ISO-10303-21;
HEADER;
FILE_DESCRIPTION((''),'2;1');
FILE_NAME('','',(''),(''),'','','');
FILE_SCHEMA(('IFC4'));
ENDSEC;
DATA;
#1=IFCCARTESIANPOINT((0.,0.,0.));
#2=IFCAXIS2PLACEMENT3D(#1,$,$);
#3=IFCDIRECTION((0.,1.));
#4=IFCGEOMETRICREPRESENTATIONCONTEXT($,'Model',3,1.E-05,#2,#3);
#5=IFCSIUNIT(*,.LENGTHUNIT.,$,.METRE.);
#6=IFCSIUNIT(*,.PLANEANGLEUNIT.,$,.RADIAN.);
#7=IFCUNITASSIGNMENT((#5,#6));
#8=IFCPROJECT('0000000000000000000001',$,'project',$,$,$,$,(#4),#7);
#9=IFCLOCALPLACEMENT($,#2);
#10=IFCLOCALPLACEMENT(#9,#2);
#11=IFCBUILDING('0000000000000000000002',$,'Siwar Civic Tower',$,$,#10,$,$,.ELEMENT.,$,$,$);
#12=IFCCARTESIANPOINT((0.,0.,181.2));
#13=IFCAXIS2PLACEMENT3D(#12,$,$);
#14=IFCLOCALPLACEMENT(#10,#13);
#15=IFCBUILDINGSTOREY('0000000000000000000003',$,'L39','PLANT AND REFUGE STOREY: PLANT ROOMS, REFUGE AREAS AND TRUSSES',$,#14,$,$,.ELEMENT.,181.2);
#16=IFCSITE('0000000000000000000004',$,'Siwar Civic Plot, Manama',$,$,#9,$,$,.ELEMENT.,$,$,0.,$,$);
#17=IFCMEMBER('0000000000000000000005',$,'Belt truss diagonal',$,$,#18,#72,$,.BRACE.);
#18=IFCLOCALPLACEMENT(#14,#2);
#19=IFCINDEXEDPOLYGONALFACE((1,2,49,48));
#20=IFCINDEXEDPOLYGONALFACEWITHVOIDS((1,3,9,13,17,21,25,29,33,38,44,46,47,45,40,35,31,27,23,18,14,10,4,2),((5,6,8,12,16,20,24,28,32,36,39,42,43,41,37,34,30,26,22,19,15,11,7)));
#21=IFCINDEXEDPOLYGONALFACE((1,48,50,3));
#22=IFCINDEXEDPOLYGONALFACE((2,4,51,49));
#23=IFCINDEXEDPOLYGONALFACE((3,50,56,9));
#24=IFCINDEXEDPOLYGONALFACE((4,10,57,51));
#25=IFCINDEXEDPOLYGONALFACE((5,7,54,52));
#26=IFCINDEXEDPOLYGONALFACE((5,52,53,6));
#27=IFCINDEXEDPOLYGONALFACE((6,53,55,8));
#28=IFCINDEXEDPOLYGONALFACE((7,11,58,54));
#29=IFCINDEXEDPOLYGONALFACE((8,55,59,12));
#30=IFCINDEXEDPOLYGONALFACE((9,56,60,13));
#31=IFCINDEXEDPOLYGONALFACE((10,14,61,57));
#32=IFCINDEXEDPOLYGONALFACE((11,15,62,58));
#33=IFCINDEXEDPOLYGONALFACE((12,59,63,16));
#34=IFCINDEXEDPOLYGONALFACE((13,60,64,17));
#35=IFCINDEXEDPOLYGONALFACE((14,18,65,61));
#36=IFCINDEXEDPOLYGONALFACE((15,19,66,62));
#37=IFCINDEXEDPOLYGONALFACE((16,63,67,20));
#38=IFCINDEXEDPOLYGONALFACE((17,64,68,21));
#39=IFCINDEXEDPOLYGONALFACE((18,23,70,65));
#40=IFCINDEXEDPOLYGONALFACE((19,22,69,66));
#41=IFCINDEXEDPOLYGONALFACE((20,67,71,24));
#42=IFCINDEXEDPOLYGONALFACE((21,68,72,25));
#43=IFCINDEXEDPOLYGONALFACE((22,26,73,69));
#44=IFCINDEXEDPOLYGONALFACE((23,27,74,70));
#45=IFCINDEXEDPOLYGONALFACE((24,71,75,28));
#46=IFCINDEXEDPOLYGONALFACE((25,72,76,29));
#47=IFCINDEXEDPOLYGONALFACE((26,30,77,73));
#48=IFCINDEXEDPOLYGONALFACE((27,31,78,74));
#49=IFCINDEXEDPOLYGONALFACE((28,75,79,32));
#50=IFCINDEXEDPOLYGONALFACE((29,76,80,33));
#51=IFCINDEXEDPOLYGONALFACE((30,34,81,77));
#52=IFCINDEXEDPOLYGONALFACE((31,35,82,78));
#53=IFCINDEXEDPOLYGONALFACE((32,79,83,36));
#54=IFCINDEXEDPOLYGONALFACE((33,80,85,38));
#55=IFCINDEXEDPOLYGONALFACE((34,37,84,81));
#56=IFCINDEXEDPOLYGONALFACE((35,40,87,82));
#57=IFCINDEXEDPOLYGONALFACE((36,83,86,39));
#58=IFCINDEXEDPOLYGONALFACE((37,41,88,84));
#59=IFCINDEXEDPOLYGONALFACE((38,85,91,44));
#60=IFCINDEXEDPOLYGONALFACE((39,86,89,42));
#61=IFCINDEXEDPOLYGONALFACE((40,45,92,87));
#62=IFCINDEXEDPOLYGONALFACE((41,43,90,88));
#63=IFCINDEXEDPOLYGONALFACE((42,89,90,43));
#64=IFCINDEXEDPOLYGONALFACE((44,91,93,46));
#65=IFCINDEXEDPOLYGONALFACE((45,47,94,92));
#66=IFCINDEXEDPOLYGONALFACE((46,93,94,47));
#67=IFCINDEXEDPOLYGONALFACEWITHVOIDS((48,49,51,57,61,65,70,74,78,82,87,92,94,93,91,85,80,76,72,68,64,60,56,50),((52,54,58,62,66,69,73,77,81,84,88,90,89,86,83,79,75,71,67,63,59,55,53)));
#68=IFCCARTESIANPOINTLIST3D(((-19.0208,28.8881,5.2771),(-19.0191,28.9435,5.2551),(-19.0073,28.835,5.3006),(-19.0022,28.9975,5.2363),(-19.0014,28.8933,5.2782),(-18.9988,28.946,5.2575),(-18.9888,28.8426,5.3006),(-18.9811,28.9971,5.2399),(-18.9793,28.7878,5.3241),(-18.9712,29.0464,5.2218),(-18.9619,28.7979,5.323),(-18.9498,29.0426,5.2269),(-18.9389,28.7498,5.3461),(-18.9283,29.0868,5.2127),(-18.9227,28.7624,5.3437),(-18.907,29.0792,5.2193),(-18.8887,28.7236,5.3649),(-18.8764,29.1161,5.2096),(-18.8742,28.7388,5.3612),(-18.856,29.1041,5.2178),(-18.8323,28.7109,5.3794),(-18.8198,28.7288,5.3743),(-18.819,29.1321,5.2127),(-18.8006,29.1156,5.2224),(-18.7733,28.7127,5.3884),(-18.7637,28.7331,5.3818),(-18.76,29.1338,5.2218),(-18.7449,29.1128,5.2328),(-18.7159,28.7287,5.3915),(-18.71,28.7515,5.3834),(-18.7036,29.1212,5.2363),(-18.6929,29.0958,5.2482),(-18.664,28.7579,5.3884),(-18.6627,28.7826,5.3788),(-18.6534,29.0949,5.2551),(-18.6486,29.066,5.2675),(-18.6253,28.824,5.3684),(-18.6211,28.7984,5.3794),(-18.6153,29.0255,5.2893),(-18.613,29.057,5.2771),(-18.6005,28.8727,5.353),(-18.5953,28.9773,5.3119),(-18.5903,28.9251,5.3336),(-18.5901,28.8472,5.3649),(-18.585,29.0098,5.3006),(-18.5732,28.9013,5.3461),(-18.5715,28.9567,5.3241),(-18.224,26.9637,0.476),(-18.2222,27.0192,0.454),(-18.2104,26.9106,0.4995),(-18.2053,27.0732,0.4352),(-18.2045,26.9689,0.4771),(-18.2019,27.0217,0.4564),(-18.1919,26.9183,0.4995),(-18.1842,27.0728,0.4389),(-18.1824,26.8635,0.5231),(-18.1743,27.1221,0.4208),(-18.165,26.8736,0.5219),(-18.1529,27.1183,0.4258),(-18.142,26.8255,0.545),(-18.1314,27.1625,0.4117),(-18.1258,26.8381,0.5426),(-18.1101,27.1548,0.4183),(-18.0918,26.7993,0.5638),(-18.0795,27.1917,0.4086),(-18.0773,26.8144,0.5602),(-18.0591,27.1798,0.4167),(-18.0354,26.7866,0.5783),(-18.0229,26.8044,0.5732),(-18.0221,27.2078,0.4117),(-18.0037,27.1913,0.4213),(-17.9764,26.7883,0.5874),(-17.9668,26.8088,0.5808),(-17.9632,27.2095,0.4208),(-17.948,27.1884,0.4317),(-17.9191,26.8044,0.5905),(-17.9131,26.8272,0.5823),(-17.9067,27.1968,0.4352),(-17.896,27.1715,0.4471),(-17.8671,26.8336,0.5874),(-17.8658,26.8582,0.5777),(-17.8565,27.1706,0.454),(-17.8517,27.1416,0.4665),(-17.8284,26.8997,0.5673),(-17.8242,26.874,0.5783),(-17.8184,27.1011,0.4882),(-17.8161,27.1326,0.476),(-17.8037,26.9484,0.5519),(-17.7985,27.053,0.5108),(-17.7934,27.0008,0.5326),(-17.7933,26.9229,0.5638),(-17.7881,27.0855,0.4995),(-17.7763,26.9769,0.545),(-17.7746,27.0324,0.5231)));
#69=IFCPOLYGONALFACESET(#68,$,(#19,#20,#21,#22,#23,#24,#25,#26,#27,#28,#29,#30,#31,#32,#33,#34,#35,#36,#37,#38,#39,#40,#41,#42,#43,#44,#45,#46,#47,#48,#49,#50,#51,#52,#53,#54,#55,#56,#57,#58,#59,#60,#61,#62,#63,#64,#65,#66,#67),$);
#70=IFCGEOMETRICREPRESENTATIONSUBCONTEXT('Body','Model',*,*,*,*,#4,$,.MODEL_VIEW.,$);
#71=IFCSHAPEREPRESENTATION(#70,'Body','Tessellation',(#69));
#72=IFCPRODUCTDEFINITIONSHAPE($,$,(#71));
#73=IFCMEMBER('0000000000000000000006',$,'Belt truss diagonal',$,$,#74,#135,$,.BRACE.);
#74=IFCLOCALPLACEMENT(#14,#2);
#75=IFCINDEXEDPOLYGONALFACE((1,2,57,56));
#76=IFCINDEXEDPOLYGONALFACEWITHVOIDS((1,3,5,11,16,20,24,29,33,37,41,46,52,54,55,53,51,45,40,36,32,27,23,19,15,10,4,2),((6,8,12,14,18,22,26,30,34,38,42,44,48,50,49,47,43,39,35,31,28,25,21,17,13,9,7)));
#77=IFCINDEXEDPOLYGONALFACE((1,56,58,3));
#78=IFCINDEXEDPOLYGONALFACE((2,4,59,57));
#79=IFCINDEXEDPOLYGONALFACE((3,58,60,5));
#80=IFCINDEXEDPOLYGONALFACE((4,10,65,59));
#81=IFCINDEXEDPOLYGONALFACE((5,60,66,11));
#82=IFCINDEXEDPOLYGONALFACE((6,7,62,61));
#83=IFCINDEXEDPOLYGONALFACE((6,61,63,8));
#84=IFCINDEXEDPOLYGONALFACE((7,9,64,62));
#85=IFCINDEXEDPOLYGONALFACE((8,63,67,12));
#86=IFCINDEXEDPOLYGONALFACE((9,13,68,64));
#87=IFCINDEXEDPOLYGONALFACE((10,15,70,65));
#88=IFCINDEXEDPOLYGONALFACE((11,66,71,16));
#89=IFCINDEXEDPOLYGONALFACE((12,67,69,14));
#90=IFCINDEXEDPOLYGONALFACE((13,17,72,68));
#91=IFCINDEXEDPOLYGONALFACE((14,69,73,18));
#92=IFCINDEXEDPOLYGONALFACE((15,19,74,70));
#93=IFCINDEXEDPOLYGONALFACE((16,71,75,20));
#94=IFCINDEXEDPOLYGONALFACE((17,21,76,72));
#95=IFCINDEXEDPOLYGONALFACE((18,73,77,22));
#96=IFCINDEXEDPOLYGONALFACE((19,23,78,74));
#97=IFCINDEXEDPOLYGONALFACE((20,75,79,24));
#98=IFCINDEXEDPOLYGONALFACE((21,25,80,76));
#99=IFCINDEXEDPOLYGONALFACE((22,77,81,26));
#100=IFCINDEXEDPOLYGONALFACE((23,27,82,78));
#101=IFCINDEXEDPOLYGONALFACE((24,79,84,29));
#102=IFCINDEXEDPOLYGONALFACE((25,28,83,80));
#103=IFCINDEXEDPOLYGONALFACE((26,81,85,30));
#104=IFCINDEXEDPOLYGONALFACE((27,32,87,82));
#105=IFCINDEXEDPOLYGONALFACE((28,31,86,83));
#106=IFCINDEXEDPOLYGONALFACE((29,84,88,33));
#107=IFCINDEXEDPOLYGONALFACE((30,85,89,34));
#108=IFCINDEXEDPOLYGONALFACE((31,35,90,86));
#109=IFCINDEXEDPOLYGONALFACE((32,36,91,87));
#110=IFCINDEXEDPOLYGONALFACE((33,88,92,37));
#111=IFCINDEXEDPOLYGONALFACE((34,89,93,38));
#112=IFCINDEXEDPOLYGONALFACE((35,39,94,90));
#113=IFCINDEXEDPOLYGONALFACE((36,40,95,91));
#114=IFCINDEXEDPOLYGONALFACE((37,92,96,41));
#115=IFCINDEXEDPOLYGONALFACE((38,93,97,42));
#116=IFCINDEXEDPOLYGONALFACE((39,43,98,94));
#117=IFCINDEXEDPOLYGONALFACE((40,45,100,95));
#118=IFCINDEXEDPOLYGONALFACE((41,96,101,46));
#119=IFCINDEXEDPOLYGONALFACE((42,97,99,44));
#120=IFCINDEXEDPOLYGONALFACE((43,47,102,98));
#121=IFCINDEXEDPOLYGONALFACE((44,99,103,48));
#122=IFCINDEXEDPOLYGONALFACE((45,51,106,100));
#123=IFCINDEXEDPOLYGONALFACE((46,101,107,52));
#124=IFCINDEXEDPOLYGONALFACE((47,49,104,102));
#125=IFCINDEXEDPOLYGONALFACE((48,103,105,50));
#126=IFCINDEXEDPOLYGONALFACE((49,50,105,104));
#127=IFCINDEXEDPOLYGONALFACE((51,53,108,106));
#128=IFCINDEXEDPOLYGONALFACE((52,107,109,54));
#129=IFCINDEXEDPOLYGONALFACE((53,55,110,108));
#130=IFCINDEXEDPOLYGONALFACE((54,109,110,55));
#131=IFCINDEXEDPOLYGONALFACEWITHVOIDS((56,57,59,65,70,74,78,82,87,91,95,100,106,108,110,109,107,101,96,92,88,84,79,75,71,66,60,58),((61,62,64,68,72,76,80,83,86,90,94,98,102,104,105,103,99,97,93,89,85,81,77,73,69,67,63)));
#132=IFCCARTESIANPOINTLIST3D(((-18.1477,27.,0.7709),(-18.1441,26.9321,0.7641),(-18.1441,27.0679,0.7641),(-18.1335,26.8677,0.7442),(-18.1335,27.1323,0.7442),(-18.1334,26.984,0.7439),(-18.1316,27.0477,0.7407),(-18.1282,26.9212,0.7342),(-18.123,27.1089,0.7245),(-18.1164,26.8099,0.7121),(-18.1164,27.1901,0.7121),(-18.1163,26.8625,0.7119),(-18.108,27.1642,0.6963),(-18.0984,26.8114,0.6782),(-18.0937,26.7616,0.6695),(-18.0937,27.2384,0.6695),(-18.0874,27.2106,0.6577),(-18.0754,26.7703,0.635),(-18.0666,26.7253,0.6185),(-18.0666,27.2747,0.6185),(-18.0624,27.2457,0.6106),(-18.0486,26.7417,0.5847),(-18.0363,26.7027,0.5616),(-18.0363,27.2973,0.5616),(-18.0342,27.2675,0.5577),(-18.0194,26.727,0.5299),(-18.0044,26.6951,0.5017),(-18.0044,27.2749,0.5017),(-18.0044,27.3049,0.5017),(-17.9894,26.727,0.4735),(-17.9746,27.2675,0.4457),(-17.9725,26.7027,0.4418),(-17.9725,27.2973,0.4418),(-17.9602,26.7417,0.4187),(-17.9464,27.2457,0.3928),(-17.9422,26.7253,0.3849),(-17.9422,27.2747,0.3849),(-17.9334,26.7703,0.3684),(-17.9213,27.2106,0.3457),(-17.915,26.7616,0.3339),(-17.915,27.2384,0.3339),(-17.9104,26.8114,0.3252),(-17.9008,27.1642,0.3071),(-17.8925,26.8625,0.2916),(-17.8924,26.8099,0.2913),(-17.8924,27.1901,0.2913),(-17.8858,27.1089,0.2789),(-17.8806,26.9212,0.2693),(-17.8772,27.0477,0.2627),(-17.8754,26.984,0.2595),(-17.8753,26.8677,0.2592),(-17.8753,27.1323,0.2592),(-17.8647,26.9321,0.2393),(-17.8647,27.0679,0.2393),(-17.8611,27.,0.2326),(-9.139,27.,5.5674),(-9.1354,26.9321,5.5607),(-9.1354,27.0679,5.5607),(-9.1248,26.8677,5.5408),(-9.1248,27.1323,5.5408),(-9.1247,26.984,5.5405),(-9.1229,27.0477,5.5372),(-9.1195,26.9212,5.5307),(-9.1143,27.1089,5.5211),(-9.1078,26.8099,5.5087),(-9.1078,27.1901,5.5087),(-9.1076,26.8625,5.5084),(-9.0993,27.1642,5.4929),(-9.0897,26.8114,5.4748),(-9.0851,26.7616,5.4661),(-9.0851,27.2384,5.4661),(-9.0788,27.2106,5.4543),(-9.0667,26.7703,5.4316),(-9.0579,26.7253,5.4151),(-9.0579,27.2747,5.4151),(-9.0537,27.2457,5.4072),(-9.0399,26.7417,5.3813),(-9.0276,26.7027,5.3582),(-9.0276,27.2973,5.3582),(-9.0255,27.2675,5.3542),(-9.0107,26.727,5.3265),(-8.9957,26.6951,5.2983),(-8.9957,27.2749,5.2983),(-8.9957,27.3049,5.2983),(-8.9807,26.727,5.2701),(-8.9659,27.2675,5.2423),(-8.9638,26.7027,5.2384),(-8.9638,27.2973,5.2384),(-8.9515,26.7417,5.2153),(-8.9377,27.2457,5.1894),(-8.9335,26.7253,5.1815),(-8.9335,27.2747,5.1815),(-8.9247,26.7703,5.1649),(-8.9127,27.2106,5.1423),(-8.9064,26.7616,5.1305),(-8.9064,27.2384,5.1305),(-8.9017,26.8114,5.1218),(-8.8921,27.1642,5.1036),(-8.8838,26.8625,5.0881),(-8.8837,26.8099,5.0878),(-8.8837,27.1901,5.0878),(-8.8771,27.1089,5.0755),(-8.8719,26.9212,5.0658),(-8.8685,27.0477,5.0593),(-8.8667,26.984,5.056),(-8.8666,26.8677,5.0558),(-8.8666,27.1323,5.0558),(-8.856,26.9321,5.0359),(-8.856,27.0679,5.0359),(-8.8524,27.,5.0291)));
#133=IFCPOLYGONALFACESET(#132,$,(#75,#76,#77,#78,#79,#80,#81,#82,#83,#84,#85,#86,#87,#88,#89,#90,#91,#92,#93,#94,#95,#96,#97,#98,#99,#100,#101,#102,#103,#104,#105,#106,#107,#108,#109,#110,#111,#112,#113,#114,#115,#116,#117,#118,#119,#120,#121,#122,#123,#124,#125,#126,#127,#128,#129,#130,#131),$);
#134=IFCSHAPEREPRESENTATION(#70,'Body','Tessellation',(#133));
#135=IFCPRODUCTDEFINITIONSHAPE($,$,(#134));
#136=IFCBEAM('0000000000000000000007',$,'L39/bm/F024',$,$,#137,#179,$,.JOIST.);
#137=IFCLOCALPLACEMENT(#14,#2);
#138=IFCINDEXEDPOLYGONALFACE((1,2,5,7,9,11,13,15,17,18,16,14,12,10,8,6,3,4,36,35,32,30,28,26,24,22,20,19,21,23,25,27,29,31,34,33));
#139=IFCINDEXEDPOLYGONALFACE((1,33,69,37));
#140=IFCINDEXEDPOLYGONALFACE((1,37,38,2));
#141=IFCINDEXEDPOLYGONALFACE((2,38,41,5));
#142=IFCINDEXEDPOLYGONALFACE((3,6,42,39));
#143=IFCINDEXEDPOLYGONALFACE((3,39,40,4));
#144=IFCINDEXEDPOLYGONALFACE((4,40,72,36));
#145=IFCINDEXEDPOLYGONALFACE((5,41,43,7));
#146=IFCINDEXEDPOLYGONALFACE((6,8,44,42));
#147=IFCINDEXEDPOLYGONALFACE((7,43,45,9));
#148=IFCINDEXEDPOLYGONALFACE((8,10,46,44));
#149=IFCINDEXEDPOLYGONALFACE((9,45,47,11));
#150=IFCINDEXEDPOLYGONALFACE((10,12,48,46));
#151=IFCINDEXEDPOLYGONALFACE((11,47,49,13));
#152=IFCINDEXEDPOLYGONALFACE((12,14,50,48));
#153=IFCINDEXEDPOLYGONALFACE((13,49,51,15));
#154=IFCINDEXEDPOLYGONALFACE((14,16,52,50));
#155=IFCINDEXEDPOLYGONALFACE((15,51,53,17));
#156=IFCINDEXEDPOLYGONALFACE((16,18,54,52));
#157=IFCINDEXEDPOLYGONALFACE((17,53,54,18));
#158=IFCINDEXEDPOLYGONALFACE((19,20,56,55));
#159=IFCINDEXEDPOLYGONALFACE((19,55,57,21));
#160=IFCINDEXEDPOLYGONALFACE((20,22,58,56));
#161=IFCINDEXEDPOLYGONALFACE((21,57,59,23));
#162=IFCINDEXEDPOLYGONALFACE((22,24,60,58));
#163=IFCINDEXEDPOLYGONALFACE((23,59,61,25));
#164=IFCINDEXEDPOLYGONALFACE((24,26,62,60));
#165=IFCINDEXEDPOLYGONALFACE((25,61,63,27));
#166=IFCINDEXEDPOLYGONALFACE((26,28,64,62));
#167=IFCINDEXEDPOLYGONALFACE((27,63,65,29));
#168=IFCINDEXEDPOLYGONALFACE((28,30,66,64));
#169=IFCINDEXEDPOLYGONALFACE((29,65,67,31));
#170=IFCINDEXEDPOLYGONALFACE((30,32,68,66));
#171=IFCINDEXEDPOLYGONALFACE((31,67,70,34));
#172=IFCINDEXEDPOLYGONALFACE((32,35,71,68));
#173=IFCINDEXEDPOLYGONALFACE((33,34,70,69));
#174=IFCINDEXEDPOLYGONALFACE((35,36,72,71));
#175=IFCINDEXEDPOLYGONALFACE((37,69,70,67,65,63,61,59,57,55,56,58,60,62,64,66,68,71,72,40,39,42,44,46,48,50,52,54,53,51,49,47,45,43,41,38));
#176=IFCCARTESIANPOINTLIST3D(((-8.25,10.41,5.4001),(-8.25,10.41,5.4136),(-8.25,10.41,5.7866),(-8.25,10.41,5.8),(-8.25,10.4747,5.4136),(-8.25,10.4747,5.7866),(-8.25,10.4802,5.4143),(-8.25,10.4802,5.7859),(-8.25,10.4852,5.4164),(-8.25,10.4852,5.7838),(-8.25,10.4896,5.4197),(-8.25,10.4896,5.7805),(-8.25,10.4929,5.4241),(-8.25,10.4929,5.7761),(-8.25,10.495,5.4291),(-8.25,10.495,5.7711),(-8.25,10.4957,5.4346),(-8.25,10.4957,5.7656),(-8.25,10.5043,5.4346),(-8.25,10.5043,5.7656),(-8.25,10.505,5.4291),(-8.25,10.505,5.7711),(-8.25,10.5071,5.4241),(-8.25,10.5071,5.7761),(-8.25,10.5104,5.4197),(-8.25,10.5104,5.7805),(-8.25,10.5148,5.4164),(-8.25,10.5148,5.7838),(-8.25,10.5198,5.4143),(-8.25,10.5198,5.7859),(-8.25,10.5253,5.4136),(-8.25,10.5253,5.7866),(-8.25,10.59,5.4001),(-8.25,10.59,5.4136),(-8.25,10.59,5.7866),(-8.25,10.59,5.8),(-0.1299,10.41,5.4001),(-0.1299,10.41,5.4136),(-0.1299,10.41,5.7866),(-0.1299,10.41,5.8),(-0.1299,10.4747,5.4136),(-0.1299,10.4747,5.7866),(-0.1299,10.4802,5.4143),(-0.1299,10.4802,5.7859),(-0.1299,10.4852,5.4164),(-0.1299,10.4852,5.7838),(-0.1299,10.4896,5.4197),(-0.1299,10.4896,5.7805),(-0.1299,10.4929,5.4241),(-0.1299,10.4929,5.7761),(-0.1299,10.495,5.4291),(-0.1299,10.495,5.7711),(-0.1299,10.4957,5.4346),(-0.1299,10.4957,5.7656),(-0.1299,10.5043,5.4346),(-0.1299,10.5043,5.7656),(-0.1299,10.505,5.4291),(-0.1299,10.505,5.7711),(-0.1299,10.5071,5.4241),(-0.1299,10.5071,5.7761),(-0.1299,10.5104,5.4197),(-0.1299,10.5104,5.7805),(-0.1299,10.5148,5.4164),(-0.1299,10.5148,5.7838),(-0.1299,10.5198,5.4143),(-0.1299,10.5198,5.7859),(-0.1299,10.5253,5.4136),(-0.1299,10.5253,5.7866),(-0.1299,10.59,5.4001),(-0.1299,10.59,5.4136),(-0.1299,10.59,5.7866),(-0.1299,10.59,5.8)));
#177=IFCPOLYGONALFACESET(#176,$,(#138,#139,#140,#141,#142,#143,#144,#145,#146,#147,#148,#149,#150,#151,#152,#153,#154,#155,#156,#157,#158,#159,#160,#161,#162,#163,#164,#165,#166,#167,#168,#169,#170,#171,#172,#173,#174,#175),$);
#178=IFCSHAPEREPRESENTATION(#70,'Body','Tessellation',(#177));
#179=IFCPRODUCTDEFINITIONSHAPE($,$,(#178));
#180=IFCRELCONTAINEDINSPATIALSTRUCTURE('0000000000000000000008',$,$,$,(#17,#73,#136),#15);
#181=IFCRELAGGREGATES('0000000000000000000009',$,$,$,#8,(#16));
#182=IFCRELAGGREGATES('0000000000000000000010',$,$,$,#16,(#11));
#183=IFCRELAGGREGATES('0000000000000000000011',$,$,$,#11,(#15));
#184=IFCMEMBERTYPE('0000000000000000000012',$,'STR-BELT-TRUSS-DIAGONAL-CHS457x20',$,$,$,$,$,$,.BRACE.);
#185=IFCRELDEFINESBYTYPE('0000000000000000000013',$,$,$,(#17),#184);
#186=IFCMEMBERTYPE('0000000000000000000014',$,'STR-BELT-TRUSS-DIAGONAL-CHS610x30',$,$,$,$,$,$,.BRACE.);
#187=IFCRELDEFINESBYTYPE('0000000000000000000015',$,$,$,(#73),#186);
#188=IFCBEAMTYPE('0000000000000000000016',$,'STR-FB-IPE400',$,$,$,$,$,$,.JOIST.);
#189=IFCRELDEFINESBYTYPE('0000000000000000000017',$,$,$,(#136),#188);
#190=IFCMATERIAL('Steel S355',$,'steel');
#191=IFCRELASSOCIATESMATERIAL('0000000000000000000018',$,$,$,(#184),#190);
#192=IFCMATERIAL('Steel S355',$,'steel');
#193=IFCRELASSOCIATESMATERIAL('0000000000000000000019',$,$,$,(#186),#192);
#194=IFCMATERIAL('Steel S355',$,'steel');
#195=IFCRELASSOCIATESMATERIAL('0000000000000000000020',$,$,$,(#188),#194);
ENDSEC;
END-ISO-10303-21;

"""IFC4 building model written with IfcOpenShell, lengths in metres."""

from ifc_helpers import new_model, si_unit, direction, frame, origin, origin_2d, place, context, subcontext, project, spatial, hollow_circle, i_section, extrude, material, material_profile, profile_set, type_object, element, save


model = new_model("IFC4")

# Units and contexts
model_context = context("Model", 3, precision=1e-05, world=origin(), true_north=direction((0.0, 1.0)))
body_context = subcontext(model_context, "Body", "Model", "MODEL_VIEW")
ifc_project = project(units=[si_unit("LENGTHUNIT", "METRE"), si_unit("PLANEANGLEUNIT", "RADIAN")], contexts=[model_context])

# Site, building, storey
site_placement = place(None, origin())
site = spatial("IfcSite", under=ifc_project, at=site_placement, Name="Siwar Civic Plot, Manama", CompositionType="ELEMENT", RefElevation=0.0)
building_placement = place(site_placement, origin())
building = spatial("IfcBuilding", under=site, at=building_placement, Name="Siwar Civic Tower", CompositionType="ELEMENT")
storey_placement = place(building_placement, frame((0.0, 0.0, 181.2)))
storey = spatial("IfcBuildingStorey", under=building, at=storey_placement, Name="L39", Description="PLANT AND REFUGE STOREY: PLANT ROOMS, REFUGE AREAS AND TRUSSES", CompositionType="ELEMENT", Elevation=181.2)

# Members
ifc_material_1 = material(Name="Steel S355", Category="steel")
ifc_material_profile_1 = material_profile(ifc_material_1, hollow_circle(Radius=0.2285, WallThickness=0.02, at=origin_2d()), Name="CHS457x20")
ifc_profile_set_1 = profile_set([ifc_material_profile_1], Name="Steel S355")
member_type_1 = type_object("IfcMemberType", Name="STR-BELT-TRUSS-DIAGONAL-CHS457x20", PredefinedType="BRACE", material=ifc_profile_set_1)
member_1_placement = place(storey_placement, frame((-17.9993, 26.998, 0.4995), z_axis=(-0.152269, 0.367703, 0.917392), x_axis=(-0.923914, -0.3826, 0.0)))
element("IfcMember", 1, at=member_1_placement, inside=storey, type_object=member_type_1, Name="Belt truss diagonal", PredefinedType="BRACE", context=body_context, shape_type="SweptSolid", body=[
    extrude(hollow_circle(Radius=0.2285, WallThickness=0.02, at=origin_2d()), origin(), (0.0, 0.0, 1.0), 5.2334),
])
ifc_material_2 = material(Name="Steel S355", Category="steel")
ifc_material_profile_2 = material_profile(ifc_material_2, hollow_circle(Radius=0.3049, WallThickness=0.03, at=origin_2d()), Name="CHS610x30")
ifc_profile_set_2 = profile_set([ifc_material_profile_2], Name="Steel S355")
member_type_2 = type_object("IfcMemberType", Name="STR-BELT-TRUSS-DIAGONAL-CHS610x30", PredefinedType="BRACE", material=ifc_profile_set_2)
member_2_placement = place(storey_placement, frame((-18.0044, 27.0, 0.5017), z_axis=(0.882681, 0.0, 0.469974), x_axis=(0.0, 1.0, 0.0)))
element("IfcMember", 2, at=member_2_placement, inside=storey, type_object=member_type_2, Name="Belt truss diagonal", PredefinedType="BRACE", context=body_context, shape_type="SweptSolid", body=[
    extrude(hollow_circle(Radius=0.3049, WallThickness=0.03, at=origin_2d()), origin(), (0.0, 0.0, 1.0), 10.2061),
])

# Beam
ifc_material_3 = material(Name="Steel S355", Category="steel")
ifc_material_profile_3 = material_profile(ifc_material_3, i_section(OverallWidth=0.1799, OverallDepth=0.3999, WebThickness=0.0085, FlangeThickness=0.0134, FilletRadius=0.021, at=origin_2d()), Name="IPE400")
ifc_profile_set_3 = profile_set([ifc_material_profile_3], Name="Steel S355")
beam_type_1 = type_object("IfcBeamType", Name="STR-FB-IPE400", PredefinedType="JOIST", material=ifc_profile_set_3)
beam_1_placement = place(storey_placement, frame((-8.25, 10.5, 5.6001), z_axis=(1.0, 0.0, 0.0), x_axis=(0.0, 1.0, 0.0)))
element("IfcBeam", 3, at=beam_1_placement, inside=storey, type_object=beam_type_1, Name="L39/bm/F024", PredefinedType="JOIST", context=body_context, shape_type="SweptSolid", body=[
    extrude(i_section(OverallWidth=0.1799, OverallDepth=0.3999, WebThickness=0.0085, FlangeThickness=0.0134, FilletRadius=0.021, at=origin_2d()), origin(), (0.0, 0.0, 1.0), 8.1201),
])

save(model, "model.ifc")
